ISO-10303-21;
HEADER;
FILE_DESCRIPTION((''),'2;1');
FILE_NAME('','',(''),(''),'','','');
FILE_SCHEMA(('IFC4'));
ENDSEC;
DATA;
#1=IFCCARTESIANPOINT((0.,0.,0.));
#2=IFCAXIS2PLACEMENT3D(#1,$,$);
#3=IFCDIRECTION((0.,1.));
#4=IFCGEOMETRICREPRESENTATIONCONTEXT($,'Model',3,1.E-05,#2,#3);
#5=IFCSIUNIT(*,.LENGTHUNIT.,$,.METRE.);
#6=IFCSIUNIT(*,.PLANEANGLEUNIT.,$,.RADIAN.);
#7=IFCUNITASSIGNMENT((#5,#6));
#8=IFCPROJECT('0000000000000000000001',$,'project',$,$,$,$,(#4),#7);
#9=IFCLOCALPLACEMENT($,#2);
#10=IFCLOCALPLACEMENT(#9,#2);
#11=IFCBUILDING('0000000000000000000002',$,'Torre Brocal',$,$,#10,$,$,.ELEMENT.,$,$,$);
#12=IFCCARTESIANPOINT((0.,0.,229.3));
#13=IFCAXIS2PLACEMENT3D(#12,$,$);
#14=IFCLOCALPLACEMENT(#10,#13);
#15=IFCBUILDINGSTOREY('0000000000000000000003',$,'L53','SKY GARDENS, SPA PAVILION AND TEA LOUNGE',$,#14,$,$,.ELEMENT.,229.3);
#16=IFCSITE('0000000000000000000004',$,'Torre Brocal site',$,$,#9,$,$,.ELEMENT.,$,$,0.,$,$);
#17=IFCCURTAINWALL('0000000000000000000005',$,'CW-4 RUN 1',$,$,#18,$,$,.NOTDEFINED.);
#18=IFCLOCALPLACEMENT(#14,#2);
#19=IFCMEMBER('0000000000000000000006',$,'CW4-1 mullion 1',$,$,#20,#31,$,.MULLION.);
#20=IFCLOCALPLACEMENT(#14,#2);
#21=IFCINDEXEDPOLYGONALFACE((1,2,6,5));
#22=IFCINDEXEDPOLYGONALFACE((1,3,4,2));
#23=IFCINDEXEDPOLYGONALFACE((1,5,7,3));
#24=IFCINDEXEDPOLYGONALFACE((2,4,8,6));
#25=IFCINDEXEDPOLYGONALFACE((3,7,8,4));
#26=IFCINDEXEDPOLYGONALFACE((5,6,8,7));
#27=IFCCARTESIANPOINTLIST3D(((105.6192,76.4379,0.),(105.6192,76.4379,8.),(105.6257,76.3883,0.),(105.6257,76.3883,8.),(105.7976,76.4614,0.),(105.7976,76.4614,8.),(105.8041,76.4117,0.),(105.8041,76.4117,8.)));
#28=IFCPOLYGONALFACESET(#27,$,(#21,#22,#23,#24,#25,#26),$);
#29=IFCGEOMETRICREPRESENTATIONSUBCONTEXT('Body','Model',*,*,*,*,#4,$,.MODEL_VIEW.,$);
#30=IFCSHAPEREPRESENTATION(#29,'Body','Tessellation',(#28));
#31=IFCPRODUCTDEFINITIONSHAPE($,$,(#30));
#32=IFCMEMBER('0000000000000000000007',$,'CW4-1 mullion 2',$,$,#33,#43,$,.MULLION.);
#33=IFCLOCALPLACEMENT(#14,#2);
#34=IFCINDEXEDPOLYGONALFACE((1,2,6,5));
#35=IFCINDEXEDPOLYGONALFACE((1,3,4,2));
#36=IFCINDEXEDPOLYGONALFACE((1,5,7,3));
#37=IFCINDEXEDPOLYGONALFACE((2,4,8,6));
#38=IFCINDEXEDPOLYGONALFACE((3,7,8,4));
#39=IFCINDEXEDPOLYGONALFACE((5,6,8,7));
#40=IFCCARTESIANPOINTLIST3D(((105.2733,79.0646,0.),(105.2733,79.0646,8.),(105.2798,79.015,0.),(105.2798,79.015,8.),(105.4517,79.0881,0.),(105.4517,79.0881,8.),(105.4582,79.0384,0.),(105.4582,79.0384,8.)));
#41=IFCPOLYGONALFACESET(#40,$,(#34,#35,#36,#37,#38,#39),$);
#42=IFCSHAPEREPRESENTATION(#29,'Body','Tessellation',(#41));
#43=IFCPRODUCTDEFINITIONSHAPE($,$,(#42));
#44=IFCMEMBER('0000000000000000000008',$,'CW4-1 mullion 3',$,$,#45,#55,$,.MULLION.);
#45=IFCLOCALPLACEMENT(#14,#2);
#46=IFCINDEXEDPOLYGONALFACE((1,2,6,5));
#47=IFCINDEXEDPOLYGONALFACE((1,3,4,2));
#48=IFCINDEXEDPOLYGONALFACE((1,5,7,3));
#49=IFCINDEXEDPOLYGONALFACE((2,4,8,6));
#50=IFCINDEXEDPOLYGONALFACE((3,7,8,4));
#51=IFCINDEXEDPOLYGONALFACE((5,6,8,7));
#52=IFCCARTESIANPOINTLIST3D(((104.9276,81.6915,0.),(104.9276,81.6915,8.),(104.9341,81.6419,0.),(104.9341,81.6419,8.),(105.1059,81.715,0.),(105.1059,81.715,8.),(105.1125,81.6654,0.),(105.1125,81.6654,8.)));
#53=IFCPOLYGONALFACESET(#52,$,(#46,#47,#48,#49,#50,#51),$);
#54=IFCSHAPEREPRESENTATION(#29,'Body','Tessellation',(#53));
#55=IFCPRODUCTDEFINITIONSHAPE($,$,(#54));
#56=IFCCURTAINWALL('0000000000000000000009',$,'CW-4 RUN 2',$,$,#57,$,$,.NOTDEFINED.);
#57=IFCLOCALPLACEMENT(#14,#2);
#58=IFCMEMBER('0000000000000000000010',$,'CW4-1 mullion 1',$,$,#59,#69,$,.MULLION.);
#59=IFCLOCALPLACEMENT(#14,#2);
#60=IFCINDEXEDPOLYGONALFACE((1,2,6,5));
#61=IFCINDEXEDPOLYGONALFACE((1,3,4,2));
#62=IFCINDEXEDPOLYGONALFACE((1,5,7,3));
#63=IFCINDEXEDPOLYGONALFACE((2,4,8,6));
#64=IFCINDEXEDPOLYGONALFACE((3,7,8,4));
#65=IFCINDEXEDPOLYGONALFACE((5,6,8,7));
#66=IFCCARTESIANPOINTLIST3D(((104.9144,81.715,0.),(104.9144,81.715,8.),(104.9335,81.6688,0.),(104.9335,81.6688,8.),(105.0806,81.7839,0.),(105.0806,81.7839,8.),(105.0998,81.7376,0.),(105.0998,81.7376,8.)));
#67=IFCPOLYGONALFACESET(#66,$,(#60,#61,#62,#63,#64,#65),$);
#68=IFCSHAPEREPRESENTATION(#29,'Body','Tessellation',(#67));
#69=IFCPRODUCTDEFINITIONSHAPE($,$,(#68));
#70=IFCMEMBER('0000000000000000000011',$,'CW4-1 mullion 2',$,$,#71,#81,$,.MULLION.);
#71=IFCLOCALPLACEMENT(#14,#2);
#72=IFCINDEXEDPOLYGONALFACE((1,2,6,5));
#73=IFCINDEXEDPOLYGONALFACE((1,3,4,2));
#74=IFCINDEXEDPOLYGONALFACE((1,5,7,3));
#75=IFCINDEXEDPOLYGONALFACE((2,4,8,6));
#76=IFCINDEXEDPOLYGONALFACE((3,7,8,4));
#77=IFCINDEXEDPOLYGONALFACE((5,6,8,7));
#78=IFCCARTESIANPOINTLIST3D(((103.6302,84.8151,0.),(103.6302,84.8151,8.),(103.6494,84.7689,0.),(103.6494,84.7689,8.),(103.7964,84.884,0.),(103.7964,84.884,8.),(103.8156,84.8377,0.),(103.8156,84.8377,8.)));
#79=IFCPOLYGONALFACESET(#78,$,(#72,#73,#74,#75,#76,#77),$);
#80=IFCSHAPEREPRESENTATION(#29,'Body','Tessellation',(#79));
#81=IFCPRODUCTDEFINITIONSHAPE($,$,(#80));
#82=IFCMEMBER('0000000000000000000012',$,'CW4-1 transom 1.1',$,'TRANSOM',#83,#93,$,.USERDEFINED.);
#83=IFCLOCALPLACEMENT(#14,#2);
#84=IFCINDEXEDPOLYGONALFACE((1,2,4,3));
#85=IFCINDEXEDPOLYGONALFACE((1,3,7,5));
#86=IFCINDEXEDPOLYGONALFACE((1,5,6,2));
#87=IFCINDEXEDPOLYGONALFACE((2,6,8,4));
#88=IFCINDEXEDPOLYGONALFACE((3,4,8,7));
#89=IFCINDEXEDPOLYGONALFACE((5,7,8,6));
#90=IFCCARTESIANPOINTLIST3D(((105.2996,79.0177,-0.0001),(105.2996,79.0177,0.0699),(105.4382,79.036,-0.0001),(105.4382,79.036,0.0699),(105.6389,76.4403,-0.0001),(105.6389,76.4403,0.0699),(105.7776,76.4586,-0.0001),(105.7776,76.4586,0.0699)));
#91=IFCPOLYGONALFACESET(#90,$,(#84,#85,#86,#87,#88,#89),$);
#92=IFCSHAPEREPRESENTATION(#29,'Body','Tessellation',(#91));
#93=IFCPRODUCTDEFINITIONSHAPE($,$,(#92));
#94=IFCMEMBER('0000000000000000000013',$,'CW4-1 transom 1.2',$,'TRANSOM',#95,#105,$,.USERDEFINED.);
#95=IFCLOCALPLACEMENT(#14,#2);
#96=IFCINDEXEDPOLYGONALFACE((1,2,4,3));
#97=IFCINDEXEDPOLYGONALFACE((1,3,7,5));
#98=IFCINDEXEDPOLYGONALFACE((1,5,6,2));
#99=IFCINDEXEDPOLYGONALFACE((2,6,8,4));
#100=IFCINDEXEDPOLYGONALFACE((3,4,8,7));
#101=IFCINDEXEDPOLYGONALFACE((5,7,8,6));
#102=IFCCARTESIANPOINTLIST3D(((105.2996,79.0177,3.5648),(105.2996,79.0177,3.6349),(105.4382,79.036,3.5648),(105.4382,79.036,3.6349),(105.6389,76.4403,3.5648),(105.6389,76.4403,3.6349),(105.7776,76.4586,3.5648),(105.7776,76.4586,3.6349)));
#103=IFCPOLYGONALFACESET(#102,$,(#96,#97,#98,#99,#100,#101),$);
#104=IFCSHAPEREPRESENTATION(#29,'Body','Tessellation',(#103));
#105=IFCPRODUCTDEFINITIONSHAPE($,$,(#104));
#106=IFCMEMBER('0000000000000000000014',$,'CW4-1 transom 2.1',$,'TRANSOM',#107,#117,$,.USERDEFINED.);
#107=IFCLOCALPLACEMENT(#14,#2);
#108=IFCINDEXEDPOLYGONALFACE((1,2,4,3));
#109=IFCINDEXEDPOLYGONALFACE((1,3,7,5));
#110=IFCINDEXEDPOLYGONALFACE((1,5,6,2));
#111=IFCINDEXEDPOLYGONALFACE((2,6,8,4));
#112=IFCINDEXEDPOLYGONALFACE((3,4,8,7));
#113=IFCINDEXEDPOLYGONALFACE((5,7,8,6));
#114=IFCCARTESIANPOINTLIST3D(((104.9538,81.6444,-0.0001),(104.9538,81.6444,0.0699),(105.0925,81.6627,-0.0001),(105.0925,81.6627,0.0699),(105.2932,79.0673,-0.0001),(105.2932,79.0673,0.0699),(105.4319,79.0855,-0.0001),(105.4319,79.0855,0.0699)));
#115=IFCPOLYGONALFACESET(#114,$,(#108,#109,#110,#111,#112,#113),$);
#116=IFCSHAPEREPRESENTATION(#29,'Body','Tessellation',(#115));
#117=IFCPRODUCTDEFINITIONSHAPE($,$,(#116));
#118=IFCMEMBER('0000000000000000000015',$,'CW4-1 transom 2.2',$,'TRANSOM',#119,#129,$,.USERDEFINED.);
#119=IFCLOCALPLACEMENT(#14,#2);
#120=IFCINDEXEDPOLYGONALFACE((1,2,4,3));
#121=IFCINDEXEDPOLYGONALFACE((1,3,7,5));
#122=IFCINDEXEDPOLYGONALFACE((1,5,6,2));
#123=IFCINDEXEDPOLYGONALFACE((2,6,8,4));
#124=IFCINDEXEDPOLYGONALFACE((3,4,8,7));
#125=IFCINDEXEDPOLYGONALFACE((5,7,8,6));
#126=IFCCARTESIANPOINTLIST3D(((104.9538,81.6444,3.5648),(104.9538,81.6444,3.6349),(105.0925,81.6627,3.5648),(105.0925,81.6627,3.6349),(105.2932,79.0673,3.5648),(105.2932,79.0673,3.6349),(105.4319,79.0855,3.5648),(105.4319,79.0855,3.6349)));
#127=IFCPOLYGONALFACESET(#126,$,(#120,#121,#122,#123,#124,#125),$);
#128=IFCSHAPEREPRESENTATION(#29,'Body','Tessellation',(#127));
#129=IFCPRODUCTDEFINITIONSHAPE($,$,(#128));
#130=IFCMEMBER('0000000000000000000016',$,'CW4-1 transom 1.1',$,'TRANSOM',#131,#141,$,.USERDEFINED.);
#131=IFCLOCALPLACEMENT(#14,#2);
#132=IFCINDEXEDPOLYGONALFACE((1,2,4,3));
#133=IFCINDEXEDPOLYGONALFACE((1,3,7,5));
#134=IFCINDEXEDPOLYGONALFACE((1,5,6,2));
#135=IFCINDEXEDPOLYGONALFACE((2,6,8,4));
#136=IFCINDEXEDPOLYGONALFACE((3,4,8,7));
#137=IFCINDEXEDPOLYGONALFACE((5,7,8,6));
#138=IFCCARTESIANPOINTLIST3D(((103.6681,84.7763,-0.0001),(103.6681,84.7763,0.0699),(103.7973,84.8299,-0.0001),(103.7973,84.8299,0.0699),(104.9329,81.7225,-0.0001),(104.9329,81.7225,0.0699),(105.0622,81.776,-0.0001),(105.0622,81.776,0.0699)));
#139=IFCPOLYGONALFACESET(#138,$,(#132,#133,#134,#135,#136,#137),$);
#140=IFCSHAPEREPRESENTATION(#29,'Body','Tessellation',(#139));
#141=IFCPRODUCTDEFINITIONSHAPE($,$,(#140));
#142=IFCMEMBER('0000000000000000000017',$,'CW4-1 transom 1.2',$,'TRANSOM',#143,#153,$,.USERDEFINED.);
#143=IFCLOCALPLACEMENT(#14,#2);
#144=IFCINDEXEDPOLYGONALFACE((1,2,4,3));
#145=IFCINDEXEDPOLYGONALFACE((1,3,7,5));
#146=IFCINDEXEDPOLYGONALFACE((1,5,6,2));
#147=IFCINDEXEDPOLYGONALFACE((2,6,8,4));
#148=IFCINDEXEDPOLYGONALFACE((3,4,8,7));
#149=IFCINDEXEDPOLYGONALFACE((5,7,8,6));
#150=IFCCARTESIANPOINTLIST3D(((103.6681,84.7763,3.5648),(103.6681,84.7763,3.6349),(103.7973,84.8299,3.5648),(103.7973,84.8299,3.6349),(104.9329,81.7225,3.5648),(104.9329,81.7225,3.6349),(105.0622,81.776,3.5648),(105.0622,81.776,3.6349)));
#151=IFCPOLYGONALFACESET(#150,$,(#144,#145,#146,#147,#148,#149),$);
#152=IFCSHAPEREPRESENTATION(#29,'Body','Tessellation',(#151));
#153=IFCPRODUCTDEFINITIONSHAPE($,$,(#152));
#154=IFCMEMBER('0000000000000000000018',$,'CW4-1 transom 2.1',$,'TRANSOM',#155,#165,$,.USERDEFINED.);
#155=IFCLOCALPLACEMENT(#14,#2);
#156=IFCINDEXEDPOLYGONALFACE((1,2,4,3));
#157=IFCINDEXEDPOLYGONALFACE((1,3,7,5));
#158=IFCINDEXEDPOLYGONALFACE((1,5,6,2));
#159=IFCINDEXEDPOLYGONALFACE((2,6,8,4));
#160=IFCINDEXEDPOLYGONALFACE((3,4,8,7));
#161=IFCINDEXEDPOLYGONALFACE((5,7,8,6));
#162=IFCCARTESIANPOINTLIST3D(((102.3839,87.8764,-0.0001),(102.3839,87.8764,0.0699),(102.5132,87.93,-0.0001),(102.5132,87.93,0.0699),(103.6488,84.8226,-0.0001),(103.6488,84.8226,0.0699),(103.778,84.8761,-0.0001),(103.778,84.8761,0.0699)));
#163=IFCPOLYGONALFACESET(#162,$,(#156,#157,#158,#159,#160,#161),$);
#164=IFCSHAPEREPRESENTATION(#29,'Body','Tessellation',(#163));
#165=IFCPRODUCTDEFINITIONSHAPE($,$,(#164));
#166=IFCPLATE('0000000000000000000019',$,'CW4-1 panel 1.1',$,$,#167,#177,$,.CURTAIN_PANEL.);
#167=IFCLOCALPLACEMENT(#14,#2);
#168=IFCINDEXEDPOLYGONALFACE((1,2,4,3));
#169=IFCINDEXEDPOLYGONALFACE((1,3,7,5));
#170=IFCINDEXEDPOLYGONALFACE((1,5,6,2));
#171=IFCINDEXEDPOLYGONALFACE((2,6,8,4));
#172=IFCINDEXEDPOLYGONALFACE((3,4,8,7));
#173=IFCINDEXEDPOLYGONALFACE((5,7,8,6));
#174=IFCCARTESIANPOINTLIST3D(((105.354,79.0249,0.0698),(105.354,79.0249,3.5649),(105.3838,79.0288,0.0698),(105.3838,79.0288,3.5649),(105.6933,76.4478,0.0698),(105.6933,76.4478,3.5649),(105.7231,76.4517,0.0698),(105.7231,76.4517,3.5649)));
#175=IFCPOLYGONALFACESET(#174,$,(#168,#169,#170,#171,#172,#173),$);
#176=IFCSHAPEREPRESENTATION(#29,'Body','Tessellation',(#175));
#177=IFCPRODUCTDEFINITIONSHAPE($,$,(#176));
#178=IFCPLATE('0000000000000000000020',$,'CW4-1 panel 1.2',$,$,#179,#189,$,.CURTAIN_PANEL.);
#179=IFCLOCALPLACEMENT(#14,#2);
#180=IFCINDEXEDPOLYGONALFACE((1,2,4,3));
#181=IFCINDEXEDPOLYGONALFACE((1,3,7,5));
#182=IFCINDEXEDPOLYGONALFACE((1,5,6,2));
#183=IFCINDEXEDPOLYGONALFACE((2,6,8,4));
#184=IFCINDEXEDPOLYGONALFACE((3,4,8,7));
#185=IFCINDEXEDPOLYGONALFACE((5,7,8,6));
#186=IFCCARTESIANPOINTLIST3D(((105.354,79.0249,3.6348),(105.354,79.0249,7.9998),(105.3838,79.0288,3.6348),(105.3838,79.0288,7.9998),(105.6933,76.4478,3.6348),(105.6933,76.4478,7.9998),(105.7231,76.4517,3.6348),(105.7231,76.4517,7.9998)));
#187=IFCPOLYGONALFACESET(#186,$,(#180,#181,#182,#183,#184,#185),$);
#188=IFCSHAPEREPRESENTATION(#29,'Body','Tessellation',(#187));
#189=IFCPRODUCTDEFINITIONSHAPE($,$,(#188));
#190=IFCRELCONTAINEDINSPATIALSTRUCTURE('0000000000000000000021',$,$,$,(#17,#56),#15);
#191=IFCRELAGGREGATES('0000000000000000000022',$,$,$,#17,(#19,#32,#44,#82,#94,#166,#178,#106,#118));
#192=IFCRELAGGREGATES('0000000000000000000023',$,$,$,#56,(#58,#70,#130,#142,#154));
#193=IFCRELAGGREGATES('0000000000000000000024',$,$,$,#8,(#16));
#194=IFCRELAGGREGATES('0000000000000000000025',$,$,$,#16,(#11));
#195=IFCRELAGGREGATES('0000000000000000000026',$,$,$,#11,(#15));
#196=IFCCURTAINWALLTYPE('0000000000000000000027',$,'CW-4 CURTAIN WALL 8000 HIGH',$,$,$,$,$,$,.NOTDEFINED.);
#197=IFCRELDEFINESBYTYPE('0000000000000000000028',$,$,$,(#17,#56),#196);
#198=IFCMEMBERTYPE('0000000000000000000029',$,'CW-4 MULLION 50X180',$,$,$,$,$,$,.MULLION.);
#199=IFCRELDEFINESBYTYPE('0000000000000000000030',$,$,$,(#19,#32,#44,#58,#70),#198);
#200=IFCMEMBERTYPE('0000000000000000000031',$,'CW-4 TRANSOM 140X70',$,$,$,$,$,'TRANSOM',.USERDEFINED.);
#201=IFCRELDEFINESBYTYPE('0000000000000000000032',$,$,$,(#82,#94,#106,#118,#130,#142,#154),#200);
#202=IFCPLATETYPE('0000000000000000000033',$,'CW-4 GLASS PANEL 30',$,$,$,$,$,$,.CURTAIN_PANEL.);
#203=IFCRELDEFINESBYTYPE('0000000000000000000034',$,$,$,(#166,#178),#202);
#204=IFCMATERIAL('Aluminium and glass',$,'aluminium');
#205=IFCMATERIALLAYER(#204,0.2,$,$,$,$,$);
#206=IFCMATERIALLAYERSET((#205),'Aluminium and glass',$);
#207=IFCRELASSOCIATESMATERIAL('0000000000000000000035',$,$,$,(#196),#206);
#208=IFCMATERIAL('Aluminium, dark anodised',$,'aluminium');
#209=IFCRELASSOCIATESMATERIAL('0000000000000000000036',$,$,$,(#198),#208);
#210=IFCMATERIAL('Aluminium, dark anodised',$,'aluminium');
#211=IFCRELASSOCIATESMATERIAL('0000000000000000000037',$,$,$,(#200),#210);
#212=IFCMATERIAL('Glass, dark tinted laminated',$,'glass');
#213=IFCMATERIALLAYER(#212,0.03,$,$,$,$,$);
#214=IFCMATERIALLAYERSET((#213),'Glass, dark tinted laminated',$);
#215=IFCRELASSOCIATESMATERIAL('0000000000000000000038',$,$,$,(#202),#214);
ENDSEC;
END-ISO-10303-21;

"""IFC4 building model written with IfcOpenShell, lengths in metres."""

from ifc_helpers import new_model, si_unit, direction, frame, origin, origin_2d, place, context, subcontext, project, spatial, rectangle, extrude, material, layer, layer_set, material_profile, profile_set, type_object, element, aggregate, save


model = new_model("IFC4")

# Units and contexts
model_context = context("Model", 3, precision=1e-05, world=origin(), true_north=direction((0.0, 1.0)))
body_context = subcontext(model_context, "Body", "Model", "MODEL_VIEW")
ifc_project = project(units=[si_unit("LENGTHUNIT", "METRE"), si_unit("PLANEANGLEUNIT", "RADIAN")], contexts=[model_context])

# Site, building, storey
site_placement = place(None, origin())
site = spatial("IfcSite", under=ifc_project, at=site_placement, Name="Torre Brocal site", CompositionType="ELEMENT", RefElevation=0.0)
building_placement = place(site_placement, origin())
building = spatial("IfcBuilding", under=site, at=building_placement, Name="Torre Brocal", CompositionType="ELEMENT")
storey_placement = place(building_placement, frame((0.0, 0.0, 229.3)))
storey = spatial("IfcBuildingStorey", under=building, at=storey_placement, Name="L53", Description="SKY GARDENS, SPA PAVILION AND TEA LOUNGE", CompositionType="ELEMENT", Elevation=229.3)

# Curtain walls, members
ifc_material_1 = material(Name="Aluminium and glass", Category="aluminium")
ifc_layer_1 = layer(ifc_material_1, 0.2)
ifc_layer_set_1 = layer_set([ifc_layer_1], Name="Aluminium and glass")
curtain_wall_type = type_object("IfcCurtainWallType", Name="CW-4 CURTAIN WALL 8000 HIGH", PredefinedType="NOTDEFINED", material=ifc_layer_set_1)
curtain_wall_1_placement = place(storey_placement, origin())
curtain_wall_1 = element("IfcCurtainWall", 1, at=curtain_wall_1_placement, inside=storey, type_object=curtain_wall_type, Name="CW-4 RUN 1", PredefinedType="NOTDEFINED")
ifc_material_2 = material(Name="Aluminium, dark anodised", Category="aluminium")
ifc_material_profile_1 = material_profile(ifc_material_2, rectangle(XDim=0.1799, YDim=0.05, at=origin_2d()), Name="CW-4 MULLION 50X180")
ifc_profile_set_1 = profile_set([ifc_material_profile_1], Name="Aluminium, dark anodised")
member_type_1 = type_object("IfcMemberType", Name="CW-4 MULLION 50X180", PredefinedType="MULLION", material=ifc_profile_set_1)
member_1_placement = place(storey_placement, frame((105.7117, 76.4248, 0.0), z_axis=(0.0, 0.0, 1.0), x_axis=(-0.991445, -0.130526, 0.0)))
member_1 = element("IfcMember", 2, at=member_1_placement, type_object=member_type_1, Name="CW4-1 mullion 1", PredefinedType="MULLION", context=body_context, shape_type="SweptSolid", body=[
    extrude(rectangle(XDim=0.1799, YDim=0.05, at=origin_2d()), origin(), (0.0, 0.0, 1.0), 8.0),
])
member_2_placement = place(storey_placement, frame((105.3657, 79.0515, 0.0), z_axis=(0.0, 0.0, 1.0), x_axis=(-0.991445, -0.130526, 0.0)))
member_2 = element("IfcMember", 3, at=member_2_placement, type_object=member_type_1, Name="CW4-1 mullion 2", PredefinedType="MULLION", context=body_context, shape_type="SweptSolid", body=[
    extrude(rectangle(XDim=0.1799, YDim=0.05, at=origin_2d()), origin(), (0.0, 0.0, 1.0), 8.0),
])
member_3_placement = place(storey_placement, frame((105.02, 81.6785, 0.0), z_axis=(0.0, 0.0, 1.0), x_axis=(-0.991445, -0.130526, 0.0)))
member_3 = element("IfcMember", 4, at=member_3_placement, type_object=member_type_1, Name="CW4-1 mullion 3", PredefinedType="MULLION", context=body_context, shape_type="SweptSolid", body=[
    extrude(rectangle(XDim=0.1799, YDim=0.05, at=origin_2d()), origin(), (0.0, 0.0, 1.0), 8.0),
])
curtain_wall_2_placement = place(storey_placement, origin())
curtain_wall_2 = element("IfcCurtainWall", 5, at=curtain_wall_2_placement, inside=storey, type_object=curtain_wall_type, Name="CW-4 RUN 2", PredefinedType="NOTDEFINED")
member_4_placement = place(storey_placement, frame((105.0071, 81.7263, 0.0), z_axis=(0.0, 0.0, 1.0), x_axis=(-0.92388, -0.382683, 0.0)))
member_4 = element("IfcMember", 6, at=member_4_placement, type_object=member_type_1, Name="CW4-1 mullion 1", PredefinedType="MULLION", context=body_context, shape_type="SweptSolid", body=[
    extrude(rectangle(XDim=0.1799, YDim=0.05, at=origin_2d()), origin(), (0.0, 0.0, 1.0), 8.0),
])
member_5_placement = place(storey_placement, frame((103.7229, 84.8264, 0.0), z_axis=(0.0, 0.0, 1.0), x_axis=(-0.92388, -0.382683, 0.0)))
member_5 = element("IfcMember", 7, at=member_5_placement, type_object=member_type_1, Name="CW4-1 mullion 2", PredefinedType="MULLION", context=body_context, shape_type="SweptSolid", body=[
    extrude(rectangle(XDim=0.1799, YDim=0.05, at=origin_2d()), origin(), (0.0, 0.0, 1.0), 8.0),
])

# Members
ifc_material_3 = material(Name="Aluminium, dark anodised", Category="aluminium")
ifc_material_profile_2 = material_profile(ifc_material_3, rectangle(XDim=0.1399, YDim=0.0701, at=origin_2d()), Name="CW-4 TRANSOM 140X70")
ifc_profile_set_2 = profile_set([ifc_material_profile_2], Name="Aluminium, dark anodised")
member_type_2 = type_object("IfcMemberType", Name="CW-4 TRANSOM 140X70", ElementType="TRANSOM", PredefinedType="USERDEFINED", material=ifc_profile_set_2)
member_6_placement = place(storey_placement, frame((105.7083, 76.4495, 0.0349), z_axis=(-0.13054, 0.991443, 0.0), x_axis=(-0.991443, -0.13054, 0.0)))
member_6 = element("IfcMember", 8, at=member_6_placement, type_object=member_type_2, Name="CW4-1 transom 1.1", ObjectType="TRANSOM", PredefinedType="USERDEFINED", context=body_context, shape_type="SweptSolid", body=[
    extrude(rectangle(XDim=0.1399, YDim=0.0701, at=origin_2d()), origin(), (0.0, 0.0, 1.0), 2.5996),
])
member_7_placement = place(storey_placement, frame((105.7083, 76.4495, 3.5999), z_axis=(-0.13054, 0.991443, 0.0), x_axis=(-0.991443, -0.13054, 0.0)))
member_7 = element("IfcMember", 9, at=member_7_placement, type_object=member_type_2, Name="CW4-1 transom 1.2", ObjectType="TRANSOM", PredefinedType="USERDEFINED", context=body_context, shape_type="SweptSolid", body=[
    extrude(rectangle(XDim=0.1399, YDim=0.0701, at=origin_2d()), origin(), (0.0, 0.0, 1.0), 2.5996),
])
member_8_placement = place(storey_placement, frame((105.3625, 79.0764, 0.0349), z_axis=(-0.130552, 0.991442, 0.0), x_axis=(-0.991442, -0.130552, 0.0)))
member_8 = element("IfcMember", 10, at=member_8_placement, type_object=member_type_2, Name="CW4-1 transom 2.1", ObjectType="TRANSOM", PredefinedType="USERDEFINED", context=body_context, shape_type="SweptSolid", body=[
    extrude(rectangle(XDim=0.1399, YDim=0.0701, at=origin_2d()), origin(), (0.0, 0.0, 1.0), 2.5994),
])
member_9_placement = place(storey_placement, frame((105.3625, 79.0764, 3.5999), z_axis=(-0.130552, 0.991442, 0.0), x_axis=(-0.991442, -0.130552, 0.0)))
member_9 = element("IfcMember", 11, at=member_9_placement, type_object=member_type_2, Name="CW4-1 transom 2.2", ObjectType="TRANSOM", PredefinedType="USERDEFINED", context=body_context, shape_type="SweptSolid", body=[
    extrude(rectangle(XDim=0.1399, YDim=0.0701, at=origin_2d()), origin(), (0.0, 0.0, 1.0), 2.5994),
])
member_10_placement = place(storey_placement, frame((104.9976, 81.7493, 0.0349), z_axis=(-0.382658, 0.92389, 0.0), x_axis=(-0.92389, -0.382658, 0.0)))
member_10 = element("IfcMember", 12, at=member_10_placement, type_object=member_type_2, Name="CW4-1 transom 1.1", ObjectType="TRANSOM", PredefinedType="USERDEFINED", context=body_context, shape_type="SweptSolid", body=[
    extrude(rectangle(XDim=0.1399, YDim=0.0701, at=origin_2d()), origin(), (0.0, 0.0, 1.0), 3.3054),
])
member_11_placement = place(storey_placement, frame((104.9976, 81.7493, 3.5999), z_axis=(-0.382658, 0.92389, 0.0), x_axis=(-0.92389, -0.382658, 0.0)))
member_11 = element("IfcMember", 13, at=member_11_placement, type_object=member_type_2, Name="CW4-1 transom 1.2", ObjectType="TRANSOM", PredefinedType="USERDEFINED", context=body_context, shape_type="SweptSolid", body=[
    extrude(rectangle(XDim=0.1399, YDim=0.0701, at=origin_2d()), origin(), (0.0, 0.0, 1.0), 3.3054),
])
member_12_placement = place(storey_placement, frame((103.7134, 84.8494, 0.0349), z_axis=(-0.382658, 0.92389, 0.0), x_axis=(-0.92389, -0.382658, 0.0)))
member_12 = element("IfcMember", 14, at=member_12_placement, type_object=member_type_2, Name="CW4-1 transom 2.1", ObjectType="TRANSOM", PredefinedType="USERDEFINED", context=body_context, shape_type="SweptSolid", body=[
    extrude(rectangle(XDim=0.1399, YDim=0.0701, at=origin_2d()), origin(), (0.0, 0.0, 1.0), 3.3054),
])

# Plates
ifc_material_4 = material(Name="Glass, dark tinted laminated", Category="glass")
ifc_layer_2 = layer(ifc_material_4, 0.03)
ifc_layer_set_2 = layer_set([ifc_layer_2], Name="Glass, dark tinted laminated")
plate_type = type_object("IfcPlateType", Name="CW-4 GLASS PANEL 30", PredefinedType="CURTAIN_PANEL", material=ifc_layer_set_2)
plate_1_placement = place(storey_placement, frame((105.5386, 77.7383, 0.0698), z_axis=(0.0, 0.0, 1.0), x_axis=(-0.130526, 0.991445, 0.0)))
plate_1 = element("IfcPlate", 15, at=plate_1_placement, type_object=plate_type, Name="CW4-1 panel 1.1", PredefinedType="CURTAIN_PANEL", context=body_context, shape_type="SweptSolid", body=[
    extrude(rectangle(XDim=2.5994, YDim=0.03, at=origin_2d()), origin(), (0.0, 0.0, 1.0), 3.4951),
])
plate_2_placement = place(storey_placement, frame((105.5386, 77.7383, 3.6348), z_axis=(0.0, 0.0, 1.0), x_axis=(-0.130526, 0.991445, 0.0)))
plate_2 = element("IfcPlate", 16, at=plate_2_placement, type_object=plate_type, Name="CW4-1 panel 1.2", PredefinedType="CURTAIN_PANEL", context=body_context, shape_type="SweptSolid", body=[
    extrude(rectangle(XDim=2.5994, YDim=0.03, at=origin_2d()), origin(), (0.0, 0.0, 1.0), 4.365),
])
aggregate(curtain_wall_1, [member_1, member_2, member_3, member_6, member_7, plate_1, plate_2, member_8, member_9])
aggregate(curtain_wall_2, [member_4, member_5, member_10, member_11, member_12])

save(model, "model.ifc")
